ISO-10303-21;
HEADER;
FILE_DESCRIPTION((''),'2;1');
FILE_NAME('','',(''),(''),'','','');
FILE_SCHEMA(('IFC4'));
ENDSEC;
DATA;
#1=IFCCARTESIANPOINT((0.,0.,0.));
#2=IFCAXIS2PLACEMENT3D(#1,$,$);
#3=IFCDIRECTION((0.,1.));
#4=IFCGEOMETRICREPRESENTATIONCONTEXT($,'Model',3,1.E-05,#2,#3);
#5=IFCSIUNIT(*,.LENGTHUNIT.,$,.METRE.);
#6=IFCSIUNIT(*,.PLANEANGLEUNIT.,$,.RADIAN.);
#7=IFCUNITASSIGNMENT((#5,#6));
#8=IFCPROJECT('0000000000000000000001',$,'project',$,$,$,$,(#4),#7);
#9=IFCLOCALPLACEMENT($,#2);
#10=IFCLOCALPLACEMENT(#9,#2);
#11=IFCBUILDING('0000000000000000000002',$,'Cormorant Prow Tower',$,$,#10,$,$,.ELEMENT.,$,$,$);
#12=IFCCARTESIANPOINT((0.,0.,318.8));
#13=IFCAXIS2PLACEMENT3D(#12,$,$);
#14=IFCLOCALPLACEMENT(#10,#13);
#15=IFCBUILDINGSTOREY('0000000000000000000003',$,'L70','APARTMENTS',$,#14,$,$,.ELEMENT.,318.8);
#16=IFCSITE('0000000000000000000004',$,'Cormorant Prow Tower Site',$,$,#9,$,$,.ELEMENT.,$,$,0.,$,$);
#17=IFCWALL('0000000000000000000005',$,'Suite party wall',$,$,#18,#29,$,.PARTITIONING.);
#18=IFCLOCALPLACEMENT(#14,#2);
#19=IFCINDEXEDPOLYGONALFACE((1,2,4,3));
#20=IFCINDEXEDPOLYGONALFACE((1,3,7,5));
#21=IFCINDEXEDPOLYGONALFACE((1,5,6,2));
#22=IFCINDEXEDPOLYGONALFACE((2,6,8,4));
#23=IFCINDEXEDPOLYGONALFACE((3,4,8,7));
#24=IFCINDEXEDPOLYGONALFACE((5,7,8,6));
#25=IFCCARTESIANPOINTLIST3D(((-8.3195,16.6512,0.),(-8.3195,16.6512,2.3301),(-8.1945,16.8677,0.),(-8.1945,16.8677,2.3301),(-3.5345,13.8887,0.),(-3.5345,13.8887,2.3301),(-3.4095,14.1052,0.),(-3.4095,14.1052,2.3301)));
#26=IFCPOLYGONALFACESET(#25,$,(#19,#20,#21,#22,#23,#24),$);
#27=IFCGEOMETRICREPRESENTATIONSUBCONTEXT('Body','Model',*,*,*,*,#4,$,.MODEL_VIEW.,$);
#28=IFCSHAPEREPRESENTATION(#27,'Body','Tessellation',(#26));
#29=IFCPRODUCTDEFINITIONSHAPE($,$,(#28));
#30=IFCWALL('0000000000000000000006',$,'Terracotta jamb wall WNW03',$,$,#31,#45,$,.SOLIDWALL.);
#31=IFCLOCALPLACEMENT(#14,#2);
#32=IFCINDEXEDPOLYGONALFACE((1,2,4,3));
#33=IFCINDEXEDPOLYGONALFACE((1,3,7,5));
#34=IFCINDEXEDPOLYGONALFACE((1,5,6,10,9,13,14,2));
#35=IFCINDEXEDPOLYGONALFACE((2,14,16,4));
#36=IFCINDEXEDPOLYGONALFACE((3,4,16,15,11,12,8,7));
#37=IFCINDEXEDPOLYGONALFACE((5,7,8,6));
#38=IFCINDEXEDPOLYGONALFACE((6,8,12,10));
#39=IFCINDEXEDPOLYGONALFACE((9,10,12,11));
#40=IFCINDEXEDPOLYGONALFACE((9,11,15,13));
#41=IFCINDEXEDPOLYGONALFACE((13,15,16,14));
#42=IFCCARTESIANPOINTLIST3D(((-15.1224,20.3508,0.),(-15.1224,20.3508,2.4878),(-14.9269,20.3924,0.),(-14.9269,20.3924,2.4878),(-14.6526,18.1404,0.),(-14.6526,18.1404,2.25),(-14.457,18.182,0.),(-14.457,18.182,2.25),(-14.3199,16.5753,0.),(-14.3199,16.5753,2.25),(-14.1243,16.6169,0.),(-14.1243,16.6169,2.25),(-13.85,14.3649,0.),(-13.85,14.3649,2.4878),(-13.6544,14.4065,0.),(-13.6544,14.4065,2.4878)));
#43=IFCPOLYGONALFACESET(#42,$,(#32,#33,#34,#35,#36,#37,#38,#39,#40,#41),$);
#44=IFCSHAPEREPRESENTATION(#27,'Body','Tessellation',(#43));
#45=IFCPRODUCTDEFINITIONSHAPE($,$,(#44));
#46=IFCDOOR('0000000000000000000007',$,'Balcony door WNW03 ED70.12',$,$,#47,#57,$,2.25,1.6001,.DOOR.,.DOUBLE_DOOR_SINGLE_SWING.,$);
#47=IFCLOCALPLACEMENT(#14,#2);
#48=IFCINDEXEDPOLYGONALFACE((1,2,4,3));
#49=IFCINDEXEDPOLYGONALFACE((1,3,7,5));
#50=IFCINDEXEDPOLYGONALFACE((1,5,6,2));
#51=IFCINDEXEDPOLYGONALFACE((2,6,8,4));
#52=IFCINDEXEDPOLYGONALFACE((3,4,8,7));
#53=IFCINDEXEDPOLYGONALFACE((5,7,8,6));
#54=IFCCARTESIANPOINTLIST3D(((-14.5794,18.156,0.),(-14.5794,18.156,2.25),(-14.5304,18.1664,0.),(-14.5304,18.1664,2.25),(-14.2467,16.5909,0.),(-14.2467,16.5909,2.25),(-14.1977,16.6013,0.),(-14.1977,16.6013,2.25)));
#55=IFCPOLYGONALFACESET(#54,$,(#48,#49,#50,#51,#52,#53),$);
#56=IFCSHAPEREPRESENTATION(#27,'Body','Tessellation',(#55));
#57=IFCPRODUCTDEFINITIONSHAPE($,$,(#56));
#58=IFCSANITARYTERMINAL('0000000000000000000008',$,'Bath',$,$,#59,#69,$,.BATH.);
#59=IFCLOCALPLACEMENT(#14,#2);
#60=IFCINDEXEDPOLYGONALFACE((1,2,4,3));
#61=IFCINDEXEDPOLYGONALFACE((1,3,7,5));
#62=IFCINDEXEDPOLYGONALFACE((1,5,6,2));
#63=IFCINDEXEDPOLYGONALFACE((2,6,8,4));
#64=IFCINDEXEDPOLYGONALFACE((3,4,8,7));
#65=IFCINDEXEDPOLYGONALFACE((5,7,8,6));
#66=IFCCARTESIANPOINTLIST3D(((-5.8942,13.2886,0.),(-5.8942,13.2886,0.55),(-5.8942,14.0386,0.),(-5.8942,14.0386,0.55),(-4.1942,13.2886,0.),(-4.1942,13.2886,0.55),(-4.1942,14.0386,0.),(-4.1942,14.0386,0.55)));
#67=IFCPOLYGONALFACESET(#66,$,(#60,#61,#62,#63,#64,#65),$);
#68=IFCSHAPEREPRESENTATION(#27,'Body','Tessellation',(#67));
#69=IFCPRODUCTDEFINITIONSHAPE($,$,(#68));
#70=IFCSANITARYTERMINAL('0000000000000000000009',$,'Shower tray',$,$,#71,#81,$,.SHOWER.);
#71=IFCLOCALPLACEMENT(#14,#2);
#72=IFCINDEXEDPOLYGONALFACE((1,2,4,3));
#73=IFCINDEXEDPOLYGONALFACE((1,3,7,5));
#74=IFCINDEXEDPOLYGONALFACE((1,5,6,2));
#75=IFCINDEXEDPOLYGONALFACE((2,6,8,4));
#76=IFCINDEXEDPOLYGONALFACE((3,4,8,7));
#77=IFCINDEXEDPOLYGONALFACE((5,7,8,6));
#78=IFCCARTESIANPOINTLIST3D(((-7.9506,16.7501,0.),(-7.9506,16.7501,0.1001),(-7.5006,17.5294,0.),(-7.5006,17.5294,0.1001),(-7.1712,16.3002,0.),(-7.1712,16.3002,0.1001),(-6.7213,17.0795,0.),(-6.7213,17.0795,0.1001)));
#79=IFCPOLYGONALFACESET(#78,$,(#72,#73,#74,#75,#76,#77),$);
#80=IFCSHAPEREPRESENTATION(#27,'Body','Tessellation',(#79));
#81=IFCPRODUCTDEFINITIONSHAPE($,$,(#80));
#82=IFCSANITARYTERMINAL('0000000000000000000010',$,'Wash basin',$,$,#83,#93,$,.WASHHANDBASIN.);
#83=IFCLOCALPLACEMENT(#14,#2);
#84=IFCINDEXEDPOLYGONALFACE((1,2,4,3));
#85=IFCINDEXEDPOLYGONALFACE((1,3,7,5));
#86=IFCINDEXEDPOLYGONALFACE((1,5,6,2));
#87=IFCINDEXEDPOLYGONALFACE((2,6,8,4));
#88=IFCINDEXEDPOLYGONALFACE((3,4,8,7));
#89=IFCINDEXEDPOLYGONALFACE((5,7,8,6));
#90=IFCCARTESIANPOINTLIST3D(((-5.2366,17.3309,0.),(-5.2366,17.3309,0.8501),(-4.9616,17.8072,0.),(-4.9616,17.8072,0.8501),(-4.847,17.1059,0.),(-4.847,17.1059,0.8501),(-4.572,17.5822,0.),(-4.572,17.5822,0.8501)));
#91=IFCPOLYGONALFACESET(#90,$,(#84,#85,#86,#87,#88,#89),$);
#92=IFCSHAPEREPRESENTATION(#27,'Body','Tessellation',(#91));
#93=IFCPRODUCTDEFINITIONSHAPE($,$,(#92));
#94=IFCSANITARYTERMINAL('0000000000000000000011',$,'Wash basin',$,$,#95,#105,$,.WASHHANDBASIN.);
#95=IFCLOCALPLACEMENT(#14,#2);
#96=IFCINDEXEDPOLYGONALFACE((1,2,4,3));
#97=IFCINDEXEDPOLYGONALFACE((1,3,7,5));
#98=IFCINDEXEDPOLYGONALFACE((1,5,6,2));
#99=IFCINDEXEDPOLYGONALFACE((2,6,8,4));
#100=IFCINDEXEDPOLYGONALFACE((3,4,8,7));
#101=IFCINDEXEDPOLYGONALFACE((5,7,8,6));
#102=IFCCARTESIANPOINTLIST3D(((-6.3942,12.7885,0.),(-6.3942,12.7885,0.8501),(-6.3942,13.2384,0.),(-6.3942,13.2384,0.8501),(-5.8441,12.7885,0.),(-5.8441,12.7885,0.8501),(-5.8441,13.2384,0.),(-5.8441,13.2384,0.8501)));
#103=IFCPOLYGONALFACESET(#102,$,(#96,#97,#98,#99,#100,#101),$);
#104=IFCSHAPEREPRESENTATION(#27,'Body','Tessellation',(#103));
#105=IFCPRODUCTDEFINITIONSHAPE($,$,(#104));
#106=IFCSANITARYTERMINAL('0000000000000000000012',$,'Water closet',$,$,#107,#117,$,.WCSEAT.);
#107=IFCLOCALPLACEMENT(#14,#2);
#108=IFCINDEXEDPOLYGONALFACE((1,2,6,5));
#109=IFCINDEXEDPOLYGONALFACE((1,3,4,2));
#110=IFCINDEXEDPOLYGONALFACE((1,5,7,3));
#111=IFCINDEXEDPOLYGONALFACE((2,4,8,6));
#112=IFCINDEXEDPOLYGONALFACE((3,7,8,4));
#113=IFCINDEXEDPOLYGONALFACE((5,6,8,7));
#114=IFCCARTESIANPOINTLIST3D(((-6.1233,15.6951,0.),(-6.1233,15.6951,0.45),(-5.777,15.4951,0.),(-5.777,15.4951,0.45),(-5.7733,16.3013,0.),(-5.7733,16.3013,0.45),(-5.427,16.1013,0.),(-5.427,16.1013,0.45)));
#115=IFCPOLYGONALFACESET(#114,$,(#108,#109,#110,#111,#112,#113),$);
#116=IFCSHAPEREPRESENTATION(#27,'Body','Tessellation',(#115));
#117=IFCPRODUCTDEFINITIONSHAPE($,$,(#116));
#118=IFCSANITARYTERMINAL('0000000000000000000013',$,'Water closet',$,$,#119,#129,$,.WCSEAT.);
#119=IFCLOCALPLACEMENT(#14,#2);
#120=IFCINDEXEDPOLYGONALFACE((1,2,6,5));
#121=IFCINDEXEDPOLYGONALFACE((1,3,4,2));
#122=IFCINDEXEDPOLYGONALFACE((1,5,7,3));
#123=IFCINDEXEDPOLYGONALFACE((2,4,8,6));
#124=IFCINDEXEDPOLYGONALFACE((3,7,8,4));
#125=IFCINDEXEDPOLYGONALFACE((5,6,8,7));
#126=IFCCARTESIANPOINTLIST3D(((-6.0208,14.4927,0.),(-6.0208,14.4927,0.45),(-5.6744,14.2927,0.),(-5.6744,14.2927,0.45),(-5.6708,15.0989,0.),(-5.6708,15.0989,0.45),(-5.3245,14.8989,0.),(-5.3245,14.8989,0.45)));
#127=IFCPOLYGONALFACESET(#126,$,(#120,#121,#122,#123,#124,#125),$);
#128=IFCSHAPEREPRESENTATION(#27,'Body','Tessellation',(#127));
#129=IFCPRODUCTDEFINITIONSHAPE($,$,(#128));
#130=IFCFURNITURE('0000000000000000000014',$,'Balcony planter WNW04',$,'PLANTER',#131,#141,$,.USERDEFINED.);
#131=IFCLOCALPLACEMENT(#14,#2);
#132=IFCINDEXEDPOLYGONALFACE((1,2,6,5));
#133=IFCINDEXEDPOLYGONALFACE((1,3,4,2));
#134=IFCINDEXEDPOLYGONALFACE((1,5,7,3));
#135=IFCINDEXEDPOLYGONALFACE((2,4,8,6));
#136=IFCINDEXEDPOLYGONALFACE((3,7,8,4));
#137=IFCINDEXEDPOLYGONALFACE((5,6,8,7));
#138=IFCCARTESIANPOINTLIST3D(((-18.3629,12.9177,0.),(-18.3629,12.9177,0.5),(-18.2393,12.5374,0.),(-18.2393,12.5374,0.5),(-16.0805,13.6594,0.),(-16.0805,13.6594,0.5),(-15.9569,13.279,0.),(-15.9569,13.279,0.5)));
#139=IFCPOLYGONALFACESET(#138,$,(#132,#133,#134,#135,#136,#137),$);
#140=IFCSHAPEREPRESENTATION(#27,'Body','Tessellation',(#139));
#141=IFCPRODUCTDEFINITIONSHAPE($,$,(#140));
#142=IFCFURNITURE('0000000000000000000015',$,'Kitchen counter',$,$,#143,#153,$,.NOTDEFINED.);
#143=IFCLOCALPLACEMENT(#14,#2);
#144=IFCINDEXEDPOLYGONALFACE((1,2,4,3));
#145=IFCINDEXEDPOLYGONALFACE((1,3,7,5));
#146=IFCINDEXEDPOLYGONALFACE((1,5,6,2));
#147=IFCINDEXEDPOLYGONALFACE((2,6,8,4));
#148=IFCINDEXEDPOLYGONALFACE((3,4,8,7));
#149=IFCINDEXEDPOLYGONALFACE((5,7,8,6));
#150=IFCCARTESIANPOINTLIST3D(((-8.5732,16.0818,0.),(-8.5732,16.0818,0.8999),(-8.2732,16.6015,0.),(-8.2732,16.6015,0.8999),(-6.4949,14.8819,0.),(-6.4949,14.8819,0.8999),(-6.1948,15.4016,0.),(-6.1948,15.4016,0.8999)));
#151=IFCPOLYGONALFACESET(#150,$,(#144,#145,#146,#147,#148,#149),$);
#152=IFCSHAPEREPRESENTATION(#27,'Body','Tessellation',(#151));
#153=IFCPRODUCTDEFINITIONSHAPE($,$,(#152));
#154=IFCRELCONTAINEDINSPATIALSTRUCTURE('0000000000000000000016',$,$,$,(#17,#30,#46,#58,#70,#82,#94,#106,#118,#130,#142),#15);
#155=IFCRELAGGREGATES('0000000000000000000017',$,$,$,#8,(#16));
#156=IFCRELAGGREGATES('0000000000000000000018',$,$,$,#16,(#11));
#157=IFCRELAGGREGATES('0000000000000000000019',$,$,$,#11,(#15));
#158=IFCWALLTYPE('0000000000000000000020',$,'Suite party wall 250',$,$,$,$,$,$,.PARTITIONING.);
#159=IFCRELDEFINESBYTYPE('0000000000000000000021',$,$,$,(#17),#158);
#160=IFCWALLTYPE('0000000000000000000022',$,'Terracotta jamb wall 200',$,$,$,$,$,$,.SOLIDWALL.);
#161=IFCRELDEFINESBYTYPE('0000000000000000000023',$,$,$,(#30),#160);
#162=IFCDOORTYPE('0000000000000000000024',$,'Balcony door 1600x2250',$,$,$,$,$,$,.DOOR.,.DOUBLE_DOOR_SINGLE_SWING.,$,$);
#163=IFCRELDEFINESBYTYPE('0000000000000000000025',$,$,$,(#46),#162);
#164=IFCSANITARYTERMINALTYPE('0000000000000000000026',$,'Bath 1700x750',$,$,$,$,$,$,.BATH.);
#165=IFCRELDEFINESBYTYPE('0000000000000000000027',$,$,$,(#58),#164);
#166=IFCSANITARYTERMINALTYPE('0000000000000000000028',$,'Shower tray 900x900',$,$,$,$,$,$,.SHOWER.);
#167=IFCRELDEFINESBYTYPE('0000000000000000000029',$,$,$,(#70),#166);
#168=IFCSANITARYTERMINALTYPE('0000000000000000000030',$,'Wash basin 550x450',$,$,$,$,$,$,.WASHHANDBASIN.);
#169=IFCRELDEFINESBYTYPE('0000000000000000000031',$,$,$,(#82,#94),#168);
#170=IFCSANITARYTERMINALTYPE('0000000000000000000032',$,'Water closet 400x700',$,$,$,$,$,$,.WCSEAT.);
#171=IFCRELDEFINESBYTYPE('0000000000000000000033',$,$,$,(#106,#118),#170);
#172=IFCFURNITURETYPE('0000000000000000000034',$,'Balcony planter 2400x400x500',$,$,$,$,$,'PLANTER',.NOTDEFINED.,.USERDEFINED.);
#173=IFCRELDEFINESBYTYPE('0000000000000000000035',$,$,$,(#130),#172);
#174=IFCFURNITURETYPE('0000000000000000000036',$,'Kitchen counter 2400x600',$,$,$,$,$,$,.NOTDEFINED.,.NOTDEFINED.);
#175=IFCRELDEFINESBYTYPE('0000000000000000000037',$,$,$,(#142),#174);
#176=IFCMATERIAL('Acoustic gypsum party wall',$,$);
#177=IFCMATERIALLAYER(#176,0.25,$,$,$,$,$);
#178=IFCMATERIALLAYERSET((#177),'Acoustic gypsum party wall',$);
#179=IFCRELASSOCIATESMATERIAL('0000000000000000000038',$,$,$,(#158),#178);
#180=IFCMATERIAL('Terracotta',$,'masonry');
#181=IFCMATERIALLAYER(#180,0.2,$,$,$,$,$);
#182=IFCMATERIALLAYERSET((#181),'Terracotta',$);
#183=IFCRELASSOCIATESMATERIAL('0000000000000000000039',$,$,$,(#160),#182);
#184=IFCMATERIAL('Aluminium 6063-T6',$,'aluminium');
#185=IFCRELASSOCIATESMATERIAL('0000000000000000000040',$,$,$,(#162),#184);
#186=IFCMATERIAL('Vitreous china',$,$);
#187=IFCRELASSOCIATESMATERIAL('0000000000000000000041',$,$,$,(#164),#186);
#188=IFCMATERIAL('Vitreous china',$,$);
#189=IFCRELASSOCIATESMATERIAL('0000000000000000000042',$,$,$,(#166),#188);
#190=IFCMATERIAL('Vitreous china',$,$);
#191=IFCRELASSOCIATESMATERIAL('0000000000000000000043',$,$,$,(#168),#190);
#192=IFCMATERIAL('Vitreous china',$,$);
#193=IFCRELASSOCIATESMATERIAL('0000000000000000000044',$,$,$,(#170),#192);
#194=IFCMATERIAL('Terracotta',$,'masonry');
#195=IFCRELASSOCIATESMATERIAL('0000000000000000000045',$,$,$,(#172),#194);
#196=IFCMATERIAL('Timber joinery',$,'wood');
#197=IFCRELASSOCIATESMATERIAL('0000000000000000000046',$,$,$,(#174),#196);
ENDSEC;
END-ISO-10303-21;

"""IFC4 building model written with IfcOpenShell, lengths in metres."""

from ifc_helpers import new_model, si_unit, direction, frame, frame_2d, origin, origin_2d, place, context, subcontext, project, spatial, rectangle, extrude, material, layer, layer_set, type_object, element, fill, save


model = new_model("IFC4")

# Units and contexts
model_context = context("Model", 3, precision=1e-05, world=origin(), true_north=direction((0.0, 1.0)))
body_context = subcontext(model_context, "Body", "Model", "MODEL_VIEW")
ifc_project = project(units=[si_unit("LENGTHUNIT", "METRE"), si_unit("PLANEANGLEUNIT", "RADIAN")], contexts=[model_context])

# Site, building, storey
site_placement = place(None, origin())
site = spatial("IfcSite", under=ifc_project, at=site_placement, Name="Cormorant Prow Tower Site", CompositionType="ELEMENT", RefElevation=0.0)
building_placement = place(site_placement, origin())
building = spatial("IfcBuilding", under=site, at=building_placement, Name="Cormorant Prow Tower", CompositionType="ELEMENT")
storey_placement = place(building_placement, frame((0.0, 0.0, 318.8)))
storey = spatial("IfcBuildingStorey", under=building, at=storey_placement, Name="L70", Description="APARTMENTS", CompositionType="ELEMENT", Elevation=318.8)

# Wall
ifc_material_1 = material(Name="Acoustic gypsum party wall")
ifc_layer_1 = layer(ifc_material_1, 0.25)
ifc_layer_set_1 = layer_set([ifc_layer_1], Name="Acoustic gypsum party wall")
wall_type_1 = type_object("IfcWallType", Name="Suite party wall 250", PredefinedType="PARTITIONING", material=ifc_layer_set_1)
wall_1_placement = place(storey_placement, frame((-8.2571, 16.7595, 0.0), z_axis=(0.0, 0.0, 1.0), x_axis=(0.866035, -0.499984, 0.0)))
element("IfcWall", 1, at=wall_1_placement, inside=storey, type_object=wall_type_1, Name="Suite party wall", PredefinedType="PARTITIONING", context=body_context, shape_type="SweptSolid", body=[
    extrude(rectangle(XDim=5.5251, YDim=0.25, at=frame_2d((2.7627, 0.0))), origin(), (0.0, 0.0, 1.0), 2.3301),
])

# Wall, opening, door
ifc_material_2 = material(Name="Terracotta", Category="masonry")
ifc_layer_2 = layer(ifc_material_2, 0.2)
ifc_layer_set_2 = layer_set([ifc_layer_2], Name="Terracotta")
wall_type_2 = type_object("IfcWallType", Name="Terracotta jamb wall 200", PredefinedType="SOLIDWALL", material=ifc_layer_set_2)
wall_2_placement = place(storey_placement, frame((-15.0247, 20.3716, 0.0), z_axis=(0.0, 0.0, 1.0), x_axis=(0.207932, -0.978143, 0.0)))
wall_2 = element("IfcWall", 2, at=wall_2_placement, inside=storey, type_object=wall_type_2, Name="Terracotta jamb wall WNW03", PredefinedType="SOLIDWALL", context=body_context, shape_type="SweptSolid", body=[
    extrude(rectangle(XDim=6.1196, YDim=0.2, at=frame_2d((3.0598, 0.0))), origin(), (0.0, 0.0, 1.0), 2.4878),
])
opening_1_placement = place(wall_2_placement, frame((2.2598, 0.0, 0.0)))
opening_1 = element("IfcOpeningElement", 3, at=opening_1_placement, cuts=wall_2, PredefinedType="OPENING", context=body_context, shape_type="SweptSolid", body=[
    extrude(rectangle(XDim=1.6001, YDim=2.25, at=frame_2d((0.8, 1.125))), frame((0.0, 0.1099, 0.0), z_axis=(0.0, -1.0, 0.0), x_axis=(1.0, 0.0, 0.0)), (0.0, 0.0, 1.0), 0.22),
])
ifc_material_3 = material(Name="Aluminium 6063-T6", Category="aluminium")
door_type_1 = type_object("IfcDoorType", Name="Balcony door 1600x2250", OperationType="DOUBLE_DOOR_SINGLE_SWING", PredefinedType="DOOR", material=ifc_material_3)
door_1_placement = place(opening_1_placement, origin())
door_1 = element("IfcDoor", 4, at=door_1_placement, inside=storey, type_object=door_type_1, Name="Balcony door WNW03 ED70.12", OperationType="DOUBLE_DOOR_SINGLE_SWING", OverallHeight=2.25, OverallWidth=1.6001, PredefinedType="DOOR", context=body_context, shape_type="SweptSolid", body=[
    extrude(rectangle(XDim=1.6001, YDim=2.25, at=frame_2d((0.8, 1.125))), frame((0.0, 0.0249, 0.0), z_axis=(0.0, -1.0, 0.0), x_axis=(1.0, 0.0, 0.0)), (0.0, 0.0, 1.0), 0.05),
])
fill(opening_1, door_1)

# Sanitary terminals
ifc_material_4 = material(Name="Vitreous china")
sanitary_terminal_type_1 = type_object("IfcSanitaryTerminalType", Name="Bath 1700x750", PredefinedType="BATH", material=ifc_material_4)
sanitary_terminal_1_placement = place(storey_placement, frame((-5.0442, 13.6636, 0.0), z_axis=(0.0, 0.0, 1.0), x_axis=(1.0, 0.0, 0.0)))
element("IfcSanitaryTerminal", 5, at=sanitary_terminal_1_placement, inside=storey, type_object=sanitary_terminal_type_1, Name="Bath", PredefinedType="BATH", context=body_context, shape_type="SweptSolid", body=[
    extrude(rectangle(XDim=1.7, YDim=0.75, at=origin_2d()), origin(), (0.0, 0.0, 1.0), 0.55),
])
ifc_material_5 = material(Name="Vitreous china")
sanitary_terminal_type_2 = type_object("IfcSanitaryTerminalType", Name="Shower tray 900x900", PredefinedType="SHOWER", material=ifc_material_5)
sanitary_terminal_2_placement = place(storey_placement, frame((-7.3359, 16.9148, 0.0), z_axis=(0.0, 0.0, 1.0), x_axis=(0.5, 0.866025, 0.0)))
element("IfcSanitaryTerminal", 6, at=sanitary_terminal_2_placement, inside=storey, type_object=sanitary_terminal_type_2, Name="Shower tray", PredefinedType="SHOWER", context=body_context, shape_type="SweptSolid", body=[
    extrude(rectangle(XDim=0.8999, YDim=0.8999, at=origin_2d()), origin(), (0.0, 0.0, 1.0), 0.1001),
])
ifc_material_6 = material(Name="Vitreous china")
sanitary_terminal_type_3 = type_object("IfcSanitaryTerminalType", Name="Wash basin 550x450", PredefinedType="WASHHANDBASIN", material=ifc_material_6)
for number, where, z_axis, x_axis, name in (
    (7, (-4.9043, 17.4565, 0.0), (0.0, 0.0, 1.0), (-0.5, -0.866025, 0.0), "Wash basin"),
    (8, (-6.1191, 13.0134, 0.0), (0.0, 0.0, 1.0), (1.0, 0.0, 0.0), "Wash basin"),
):
    element("IfcSanitaryTerminal", number, at=place(storey_placement, frame(where, z_axis=z_axis, x_axis=x_axis)), inside=storey, type_object=sanitary_terminal_type_3, Name=name, PredefinedType="WASHHANDBASIN", context=body_context, shape_type="SweptSolid", body=[
        extrude(rectangle(XDim=0.55, YDim=0.45, at=origin_2d()), origin(), (0.0, 0.0, 1.0), 0.8501),
    ])
ifc_material_7 = material(Name="Vitreous china")
sanitary_terminal_type_4 = type_object("IfcSanitaryTerminalType", Name="Water closet 400x700", PredefinedType="WCSEAT", material=ifc_material_7)
for number, where, z_axis, x_axis, name in (
    (9, (-5.7751, 15.8982, 0.0), (0.0, 0.0, 1.0), (-0.866025, 0.5, 0.0), "Water closet"),
    (10, (-5.6726, 14.6958, 0.0), (0.0, 0.0, 1.0), (0.866025, -0.5, 0.0), "Water closet"),
):
    element("IfcSanitaryTerminal", number, at=place(storey_placement, frame(where, z_axis=z_axis, x_axis=x_axis)), inside=storey, type_object=sanitary_terminal_type_4, Name=name, PredefinedType="WCSEAT", context=body_context, shape_type="SweptSolid", body=[
        extrude(rectangle(XDim=0.3999, YDim=0.7, at=origin_2d()), origin(), (0.0, 0.0, 1.0), 0.45),
    ])

# Furniture
ifc_material_8 = material(Name="Terracotta", Category="masonry")
furniture_type_1 = type_object("IfcFurnitureType", Name="Balcony planter 2400x400x500", ElementType="PLANTER", AssemblyPlace="NOTDEFINED", PredefinedType="USERDEFINED", material=ifc_material_8)
furniture_1_placement = place(storey_placement, frame((-17.1599, 13.0984, 0.0), z_axis=(0.0, 0.0, 1.0), x_axis=(-0.951056, -0.309017, 0.0)))
element("IfcFurniture", 11, at=furniture_1_placement, inside=storey, type_object=furniture_type_1, Name="Balcony planter WNW04", ObjectType="PLANTER", PredefinedType="USERDEFINED", context=body_context, shape_type="SweptSolid", body=[
    extrude(rectangle(XDim=2.3999, YDim=0.3999, at=origin_2d()), origin(), (0.0, 0.0, 1.0), 0.5),
])
ifc_material_9 = material(Name="Timber joinery", Category="wood")
furniture_type_2 = type_object("IfcFurnitureType", Name="Kitchen counter 2400x600", AssemblyPlace="NOTDEFINED", PredefinedType="NOTDEFINED", material=ifc_material_9)
furniture_2_placement = place(storey_placement, frame((-7.384, 15.7417, 0.0), z_axis=(0.0, 0.0, 1.0), x_axis=(0.866025, -0.5, 0.0)))
element("IfcFurniture", 12, at=furniture_2_placement, inside=storey, type_object=furniture_type_2, Name="Kitchen counter", PredefinedType="NOTDEFINED", context=body_context, shape_type="SweptSolid", body=[
    extrude(rectangle(XDim=2.3999, YDim=0.6001, at=origin_2d()), origin(), (0.0, 0.0, 1.0), 0.8999),
])

save(model, "model.ifc")
